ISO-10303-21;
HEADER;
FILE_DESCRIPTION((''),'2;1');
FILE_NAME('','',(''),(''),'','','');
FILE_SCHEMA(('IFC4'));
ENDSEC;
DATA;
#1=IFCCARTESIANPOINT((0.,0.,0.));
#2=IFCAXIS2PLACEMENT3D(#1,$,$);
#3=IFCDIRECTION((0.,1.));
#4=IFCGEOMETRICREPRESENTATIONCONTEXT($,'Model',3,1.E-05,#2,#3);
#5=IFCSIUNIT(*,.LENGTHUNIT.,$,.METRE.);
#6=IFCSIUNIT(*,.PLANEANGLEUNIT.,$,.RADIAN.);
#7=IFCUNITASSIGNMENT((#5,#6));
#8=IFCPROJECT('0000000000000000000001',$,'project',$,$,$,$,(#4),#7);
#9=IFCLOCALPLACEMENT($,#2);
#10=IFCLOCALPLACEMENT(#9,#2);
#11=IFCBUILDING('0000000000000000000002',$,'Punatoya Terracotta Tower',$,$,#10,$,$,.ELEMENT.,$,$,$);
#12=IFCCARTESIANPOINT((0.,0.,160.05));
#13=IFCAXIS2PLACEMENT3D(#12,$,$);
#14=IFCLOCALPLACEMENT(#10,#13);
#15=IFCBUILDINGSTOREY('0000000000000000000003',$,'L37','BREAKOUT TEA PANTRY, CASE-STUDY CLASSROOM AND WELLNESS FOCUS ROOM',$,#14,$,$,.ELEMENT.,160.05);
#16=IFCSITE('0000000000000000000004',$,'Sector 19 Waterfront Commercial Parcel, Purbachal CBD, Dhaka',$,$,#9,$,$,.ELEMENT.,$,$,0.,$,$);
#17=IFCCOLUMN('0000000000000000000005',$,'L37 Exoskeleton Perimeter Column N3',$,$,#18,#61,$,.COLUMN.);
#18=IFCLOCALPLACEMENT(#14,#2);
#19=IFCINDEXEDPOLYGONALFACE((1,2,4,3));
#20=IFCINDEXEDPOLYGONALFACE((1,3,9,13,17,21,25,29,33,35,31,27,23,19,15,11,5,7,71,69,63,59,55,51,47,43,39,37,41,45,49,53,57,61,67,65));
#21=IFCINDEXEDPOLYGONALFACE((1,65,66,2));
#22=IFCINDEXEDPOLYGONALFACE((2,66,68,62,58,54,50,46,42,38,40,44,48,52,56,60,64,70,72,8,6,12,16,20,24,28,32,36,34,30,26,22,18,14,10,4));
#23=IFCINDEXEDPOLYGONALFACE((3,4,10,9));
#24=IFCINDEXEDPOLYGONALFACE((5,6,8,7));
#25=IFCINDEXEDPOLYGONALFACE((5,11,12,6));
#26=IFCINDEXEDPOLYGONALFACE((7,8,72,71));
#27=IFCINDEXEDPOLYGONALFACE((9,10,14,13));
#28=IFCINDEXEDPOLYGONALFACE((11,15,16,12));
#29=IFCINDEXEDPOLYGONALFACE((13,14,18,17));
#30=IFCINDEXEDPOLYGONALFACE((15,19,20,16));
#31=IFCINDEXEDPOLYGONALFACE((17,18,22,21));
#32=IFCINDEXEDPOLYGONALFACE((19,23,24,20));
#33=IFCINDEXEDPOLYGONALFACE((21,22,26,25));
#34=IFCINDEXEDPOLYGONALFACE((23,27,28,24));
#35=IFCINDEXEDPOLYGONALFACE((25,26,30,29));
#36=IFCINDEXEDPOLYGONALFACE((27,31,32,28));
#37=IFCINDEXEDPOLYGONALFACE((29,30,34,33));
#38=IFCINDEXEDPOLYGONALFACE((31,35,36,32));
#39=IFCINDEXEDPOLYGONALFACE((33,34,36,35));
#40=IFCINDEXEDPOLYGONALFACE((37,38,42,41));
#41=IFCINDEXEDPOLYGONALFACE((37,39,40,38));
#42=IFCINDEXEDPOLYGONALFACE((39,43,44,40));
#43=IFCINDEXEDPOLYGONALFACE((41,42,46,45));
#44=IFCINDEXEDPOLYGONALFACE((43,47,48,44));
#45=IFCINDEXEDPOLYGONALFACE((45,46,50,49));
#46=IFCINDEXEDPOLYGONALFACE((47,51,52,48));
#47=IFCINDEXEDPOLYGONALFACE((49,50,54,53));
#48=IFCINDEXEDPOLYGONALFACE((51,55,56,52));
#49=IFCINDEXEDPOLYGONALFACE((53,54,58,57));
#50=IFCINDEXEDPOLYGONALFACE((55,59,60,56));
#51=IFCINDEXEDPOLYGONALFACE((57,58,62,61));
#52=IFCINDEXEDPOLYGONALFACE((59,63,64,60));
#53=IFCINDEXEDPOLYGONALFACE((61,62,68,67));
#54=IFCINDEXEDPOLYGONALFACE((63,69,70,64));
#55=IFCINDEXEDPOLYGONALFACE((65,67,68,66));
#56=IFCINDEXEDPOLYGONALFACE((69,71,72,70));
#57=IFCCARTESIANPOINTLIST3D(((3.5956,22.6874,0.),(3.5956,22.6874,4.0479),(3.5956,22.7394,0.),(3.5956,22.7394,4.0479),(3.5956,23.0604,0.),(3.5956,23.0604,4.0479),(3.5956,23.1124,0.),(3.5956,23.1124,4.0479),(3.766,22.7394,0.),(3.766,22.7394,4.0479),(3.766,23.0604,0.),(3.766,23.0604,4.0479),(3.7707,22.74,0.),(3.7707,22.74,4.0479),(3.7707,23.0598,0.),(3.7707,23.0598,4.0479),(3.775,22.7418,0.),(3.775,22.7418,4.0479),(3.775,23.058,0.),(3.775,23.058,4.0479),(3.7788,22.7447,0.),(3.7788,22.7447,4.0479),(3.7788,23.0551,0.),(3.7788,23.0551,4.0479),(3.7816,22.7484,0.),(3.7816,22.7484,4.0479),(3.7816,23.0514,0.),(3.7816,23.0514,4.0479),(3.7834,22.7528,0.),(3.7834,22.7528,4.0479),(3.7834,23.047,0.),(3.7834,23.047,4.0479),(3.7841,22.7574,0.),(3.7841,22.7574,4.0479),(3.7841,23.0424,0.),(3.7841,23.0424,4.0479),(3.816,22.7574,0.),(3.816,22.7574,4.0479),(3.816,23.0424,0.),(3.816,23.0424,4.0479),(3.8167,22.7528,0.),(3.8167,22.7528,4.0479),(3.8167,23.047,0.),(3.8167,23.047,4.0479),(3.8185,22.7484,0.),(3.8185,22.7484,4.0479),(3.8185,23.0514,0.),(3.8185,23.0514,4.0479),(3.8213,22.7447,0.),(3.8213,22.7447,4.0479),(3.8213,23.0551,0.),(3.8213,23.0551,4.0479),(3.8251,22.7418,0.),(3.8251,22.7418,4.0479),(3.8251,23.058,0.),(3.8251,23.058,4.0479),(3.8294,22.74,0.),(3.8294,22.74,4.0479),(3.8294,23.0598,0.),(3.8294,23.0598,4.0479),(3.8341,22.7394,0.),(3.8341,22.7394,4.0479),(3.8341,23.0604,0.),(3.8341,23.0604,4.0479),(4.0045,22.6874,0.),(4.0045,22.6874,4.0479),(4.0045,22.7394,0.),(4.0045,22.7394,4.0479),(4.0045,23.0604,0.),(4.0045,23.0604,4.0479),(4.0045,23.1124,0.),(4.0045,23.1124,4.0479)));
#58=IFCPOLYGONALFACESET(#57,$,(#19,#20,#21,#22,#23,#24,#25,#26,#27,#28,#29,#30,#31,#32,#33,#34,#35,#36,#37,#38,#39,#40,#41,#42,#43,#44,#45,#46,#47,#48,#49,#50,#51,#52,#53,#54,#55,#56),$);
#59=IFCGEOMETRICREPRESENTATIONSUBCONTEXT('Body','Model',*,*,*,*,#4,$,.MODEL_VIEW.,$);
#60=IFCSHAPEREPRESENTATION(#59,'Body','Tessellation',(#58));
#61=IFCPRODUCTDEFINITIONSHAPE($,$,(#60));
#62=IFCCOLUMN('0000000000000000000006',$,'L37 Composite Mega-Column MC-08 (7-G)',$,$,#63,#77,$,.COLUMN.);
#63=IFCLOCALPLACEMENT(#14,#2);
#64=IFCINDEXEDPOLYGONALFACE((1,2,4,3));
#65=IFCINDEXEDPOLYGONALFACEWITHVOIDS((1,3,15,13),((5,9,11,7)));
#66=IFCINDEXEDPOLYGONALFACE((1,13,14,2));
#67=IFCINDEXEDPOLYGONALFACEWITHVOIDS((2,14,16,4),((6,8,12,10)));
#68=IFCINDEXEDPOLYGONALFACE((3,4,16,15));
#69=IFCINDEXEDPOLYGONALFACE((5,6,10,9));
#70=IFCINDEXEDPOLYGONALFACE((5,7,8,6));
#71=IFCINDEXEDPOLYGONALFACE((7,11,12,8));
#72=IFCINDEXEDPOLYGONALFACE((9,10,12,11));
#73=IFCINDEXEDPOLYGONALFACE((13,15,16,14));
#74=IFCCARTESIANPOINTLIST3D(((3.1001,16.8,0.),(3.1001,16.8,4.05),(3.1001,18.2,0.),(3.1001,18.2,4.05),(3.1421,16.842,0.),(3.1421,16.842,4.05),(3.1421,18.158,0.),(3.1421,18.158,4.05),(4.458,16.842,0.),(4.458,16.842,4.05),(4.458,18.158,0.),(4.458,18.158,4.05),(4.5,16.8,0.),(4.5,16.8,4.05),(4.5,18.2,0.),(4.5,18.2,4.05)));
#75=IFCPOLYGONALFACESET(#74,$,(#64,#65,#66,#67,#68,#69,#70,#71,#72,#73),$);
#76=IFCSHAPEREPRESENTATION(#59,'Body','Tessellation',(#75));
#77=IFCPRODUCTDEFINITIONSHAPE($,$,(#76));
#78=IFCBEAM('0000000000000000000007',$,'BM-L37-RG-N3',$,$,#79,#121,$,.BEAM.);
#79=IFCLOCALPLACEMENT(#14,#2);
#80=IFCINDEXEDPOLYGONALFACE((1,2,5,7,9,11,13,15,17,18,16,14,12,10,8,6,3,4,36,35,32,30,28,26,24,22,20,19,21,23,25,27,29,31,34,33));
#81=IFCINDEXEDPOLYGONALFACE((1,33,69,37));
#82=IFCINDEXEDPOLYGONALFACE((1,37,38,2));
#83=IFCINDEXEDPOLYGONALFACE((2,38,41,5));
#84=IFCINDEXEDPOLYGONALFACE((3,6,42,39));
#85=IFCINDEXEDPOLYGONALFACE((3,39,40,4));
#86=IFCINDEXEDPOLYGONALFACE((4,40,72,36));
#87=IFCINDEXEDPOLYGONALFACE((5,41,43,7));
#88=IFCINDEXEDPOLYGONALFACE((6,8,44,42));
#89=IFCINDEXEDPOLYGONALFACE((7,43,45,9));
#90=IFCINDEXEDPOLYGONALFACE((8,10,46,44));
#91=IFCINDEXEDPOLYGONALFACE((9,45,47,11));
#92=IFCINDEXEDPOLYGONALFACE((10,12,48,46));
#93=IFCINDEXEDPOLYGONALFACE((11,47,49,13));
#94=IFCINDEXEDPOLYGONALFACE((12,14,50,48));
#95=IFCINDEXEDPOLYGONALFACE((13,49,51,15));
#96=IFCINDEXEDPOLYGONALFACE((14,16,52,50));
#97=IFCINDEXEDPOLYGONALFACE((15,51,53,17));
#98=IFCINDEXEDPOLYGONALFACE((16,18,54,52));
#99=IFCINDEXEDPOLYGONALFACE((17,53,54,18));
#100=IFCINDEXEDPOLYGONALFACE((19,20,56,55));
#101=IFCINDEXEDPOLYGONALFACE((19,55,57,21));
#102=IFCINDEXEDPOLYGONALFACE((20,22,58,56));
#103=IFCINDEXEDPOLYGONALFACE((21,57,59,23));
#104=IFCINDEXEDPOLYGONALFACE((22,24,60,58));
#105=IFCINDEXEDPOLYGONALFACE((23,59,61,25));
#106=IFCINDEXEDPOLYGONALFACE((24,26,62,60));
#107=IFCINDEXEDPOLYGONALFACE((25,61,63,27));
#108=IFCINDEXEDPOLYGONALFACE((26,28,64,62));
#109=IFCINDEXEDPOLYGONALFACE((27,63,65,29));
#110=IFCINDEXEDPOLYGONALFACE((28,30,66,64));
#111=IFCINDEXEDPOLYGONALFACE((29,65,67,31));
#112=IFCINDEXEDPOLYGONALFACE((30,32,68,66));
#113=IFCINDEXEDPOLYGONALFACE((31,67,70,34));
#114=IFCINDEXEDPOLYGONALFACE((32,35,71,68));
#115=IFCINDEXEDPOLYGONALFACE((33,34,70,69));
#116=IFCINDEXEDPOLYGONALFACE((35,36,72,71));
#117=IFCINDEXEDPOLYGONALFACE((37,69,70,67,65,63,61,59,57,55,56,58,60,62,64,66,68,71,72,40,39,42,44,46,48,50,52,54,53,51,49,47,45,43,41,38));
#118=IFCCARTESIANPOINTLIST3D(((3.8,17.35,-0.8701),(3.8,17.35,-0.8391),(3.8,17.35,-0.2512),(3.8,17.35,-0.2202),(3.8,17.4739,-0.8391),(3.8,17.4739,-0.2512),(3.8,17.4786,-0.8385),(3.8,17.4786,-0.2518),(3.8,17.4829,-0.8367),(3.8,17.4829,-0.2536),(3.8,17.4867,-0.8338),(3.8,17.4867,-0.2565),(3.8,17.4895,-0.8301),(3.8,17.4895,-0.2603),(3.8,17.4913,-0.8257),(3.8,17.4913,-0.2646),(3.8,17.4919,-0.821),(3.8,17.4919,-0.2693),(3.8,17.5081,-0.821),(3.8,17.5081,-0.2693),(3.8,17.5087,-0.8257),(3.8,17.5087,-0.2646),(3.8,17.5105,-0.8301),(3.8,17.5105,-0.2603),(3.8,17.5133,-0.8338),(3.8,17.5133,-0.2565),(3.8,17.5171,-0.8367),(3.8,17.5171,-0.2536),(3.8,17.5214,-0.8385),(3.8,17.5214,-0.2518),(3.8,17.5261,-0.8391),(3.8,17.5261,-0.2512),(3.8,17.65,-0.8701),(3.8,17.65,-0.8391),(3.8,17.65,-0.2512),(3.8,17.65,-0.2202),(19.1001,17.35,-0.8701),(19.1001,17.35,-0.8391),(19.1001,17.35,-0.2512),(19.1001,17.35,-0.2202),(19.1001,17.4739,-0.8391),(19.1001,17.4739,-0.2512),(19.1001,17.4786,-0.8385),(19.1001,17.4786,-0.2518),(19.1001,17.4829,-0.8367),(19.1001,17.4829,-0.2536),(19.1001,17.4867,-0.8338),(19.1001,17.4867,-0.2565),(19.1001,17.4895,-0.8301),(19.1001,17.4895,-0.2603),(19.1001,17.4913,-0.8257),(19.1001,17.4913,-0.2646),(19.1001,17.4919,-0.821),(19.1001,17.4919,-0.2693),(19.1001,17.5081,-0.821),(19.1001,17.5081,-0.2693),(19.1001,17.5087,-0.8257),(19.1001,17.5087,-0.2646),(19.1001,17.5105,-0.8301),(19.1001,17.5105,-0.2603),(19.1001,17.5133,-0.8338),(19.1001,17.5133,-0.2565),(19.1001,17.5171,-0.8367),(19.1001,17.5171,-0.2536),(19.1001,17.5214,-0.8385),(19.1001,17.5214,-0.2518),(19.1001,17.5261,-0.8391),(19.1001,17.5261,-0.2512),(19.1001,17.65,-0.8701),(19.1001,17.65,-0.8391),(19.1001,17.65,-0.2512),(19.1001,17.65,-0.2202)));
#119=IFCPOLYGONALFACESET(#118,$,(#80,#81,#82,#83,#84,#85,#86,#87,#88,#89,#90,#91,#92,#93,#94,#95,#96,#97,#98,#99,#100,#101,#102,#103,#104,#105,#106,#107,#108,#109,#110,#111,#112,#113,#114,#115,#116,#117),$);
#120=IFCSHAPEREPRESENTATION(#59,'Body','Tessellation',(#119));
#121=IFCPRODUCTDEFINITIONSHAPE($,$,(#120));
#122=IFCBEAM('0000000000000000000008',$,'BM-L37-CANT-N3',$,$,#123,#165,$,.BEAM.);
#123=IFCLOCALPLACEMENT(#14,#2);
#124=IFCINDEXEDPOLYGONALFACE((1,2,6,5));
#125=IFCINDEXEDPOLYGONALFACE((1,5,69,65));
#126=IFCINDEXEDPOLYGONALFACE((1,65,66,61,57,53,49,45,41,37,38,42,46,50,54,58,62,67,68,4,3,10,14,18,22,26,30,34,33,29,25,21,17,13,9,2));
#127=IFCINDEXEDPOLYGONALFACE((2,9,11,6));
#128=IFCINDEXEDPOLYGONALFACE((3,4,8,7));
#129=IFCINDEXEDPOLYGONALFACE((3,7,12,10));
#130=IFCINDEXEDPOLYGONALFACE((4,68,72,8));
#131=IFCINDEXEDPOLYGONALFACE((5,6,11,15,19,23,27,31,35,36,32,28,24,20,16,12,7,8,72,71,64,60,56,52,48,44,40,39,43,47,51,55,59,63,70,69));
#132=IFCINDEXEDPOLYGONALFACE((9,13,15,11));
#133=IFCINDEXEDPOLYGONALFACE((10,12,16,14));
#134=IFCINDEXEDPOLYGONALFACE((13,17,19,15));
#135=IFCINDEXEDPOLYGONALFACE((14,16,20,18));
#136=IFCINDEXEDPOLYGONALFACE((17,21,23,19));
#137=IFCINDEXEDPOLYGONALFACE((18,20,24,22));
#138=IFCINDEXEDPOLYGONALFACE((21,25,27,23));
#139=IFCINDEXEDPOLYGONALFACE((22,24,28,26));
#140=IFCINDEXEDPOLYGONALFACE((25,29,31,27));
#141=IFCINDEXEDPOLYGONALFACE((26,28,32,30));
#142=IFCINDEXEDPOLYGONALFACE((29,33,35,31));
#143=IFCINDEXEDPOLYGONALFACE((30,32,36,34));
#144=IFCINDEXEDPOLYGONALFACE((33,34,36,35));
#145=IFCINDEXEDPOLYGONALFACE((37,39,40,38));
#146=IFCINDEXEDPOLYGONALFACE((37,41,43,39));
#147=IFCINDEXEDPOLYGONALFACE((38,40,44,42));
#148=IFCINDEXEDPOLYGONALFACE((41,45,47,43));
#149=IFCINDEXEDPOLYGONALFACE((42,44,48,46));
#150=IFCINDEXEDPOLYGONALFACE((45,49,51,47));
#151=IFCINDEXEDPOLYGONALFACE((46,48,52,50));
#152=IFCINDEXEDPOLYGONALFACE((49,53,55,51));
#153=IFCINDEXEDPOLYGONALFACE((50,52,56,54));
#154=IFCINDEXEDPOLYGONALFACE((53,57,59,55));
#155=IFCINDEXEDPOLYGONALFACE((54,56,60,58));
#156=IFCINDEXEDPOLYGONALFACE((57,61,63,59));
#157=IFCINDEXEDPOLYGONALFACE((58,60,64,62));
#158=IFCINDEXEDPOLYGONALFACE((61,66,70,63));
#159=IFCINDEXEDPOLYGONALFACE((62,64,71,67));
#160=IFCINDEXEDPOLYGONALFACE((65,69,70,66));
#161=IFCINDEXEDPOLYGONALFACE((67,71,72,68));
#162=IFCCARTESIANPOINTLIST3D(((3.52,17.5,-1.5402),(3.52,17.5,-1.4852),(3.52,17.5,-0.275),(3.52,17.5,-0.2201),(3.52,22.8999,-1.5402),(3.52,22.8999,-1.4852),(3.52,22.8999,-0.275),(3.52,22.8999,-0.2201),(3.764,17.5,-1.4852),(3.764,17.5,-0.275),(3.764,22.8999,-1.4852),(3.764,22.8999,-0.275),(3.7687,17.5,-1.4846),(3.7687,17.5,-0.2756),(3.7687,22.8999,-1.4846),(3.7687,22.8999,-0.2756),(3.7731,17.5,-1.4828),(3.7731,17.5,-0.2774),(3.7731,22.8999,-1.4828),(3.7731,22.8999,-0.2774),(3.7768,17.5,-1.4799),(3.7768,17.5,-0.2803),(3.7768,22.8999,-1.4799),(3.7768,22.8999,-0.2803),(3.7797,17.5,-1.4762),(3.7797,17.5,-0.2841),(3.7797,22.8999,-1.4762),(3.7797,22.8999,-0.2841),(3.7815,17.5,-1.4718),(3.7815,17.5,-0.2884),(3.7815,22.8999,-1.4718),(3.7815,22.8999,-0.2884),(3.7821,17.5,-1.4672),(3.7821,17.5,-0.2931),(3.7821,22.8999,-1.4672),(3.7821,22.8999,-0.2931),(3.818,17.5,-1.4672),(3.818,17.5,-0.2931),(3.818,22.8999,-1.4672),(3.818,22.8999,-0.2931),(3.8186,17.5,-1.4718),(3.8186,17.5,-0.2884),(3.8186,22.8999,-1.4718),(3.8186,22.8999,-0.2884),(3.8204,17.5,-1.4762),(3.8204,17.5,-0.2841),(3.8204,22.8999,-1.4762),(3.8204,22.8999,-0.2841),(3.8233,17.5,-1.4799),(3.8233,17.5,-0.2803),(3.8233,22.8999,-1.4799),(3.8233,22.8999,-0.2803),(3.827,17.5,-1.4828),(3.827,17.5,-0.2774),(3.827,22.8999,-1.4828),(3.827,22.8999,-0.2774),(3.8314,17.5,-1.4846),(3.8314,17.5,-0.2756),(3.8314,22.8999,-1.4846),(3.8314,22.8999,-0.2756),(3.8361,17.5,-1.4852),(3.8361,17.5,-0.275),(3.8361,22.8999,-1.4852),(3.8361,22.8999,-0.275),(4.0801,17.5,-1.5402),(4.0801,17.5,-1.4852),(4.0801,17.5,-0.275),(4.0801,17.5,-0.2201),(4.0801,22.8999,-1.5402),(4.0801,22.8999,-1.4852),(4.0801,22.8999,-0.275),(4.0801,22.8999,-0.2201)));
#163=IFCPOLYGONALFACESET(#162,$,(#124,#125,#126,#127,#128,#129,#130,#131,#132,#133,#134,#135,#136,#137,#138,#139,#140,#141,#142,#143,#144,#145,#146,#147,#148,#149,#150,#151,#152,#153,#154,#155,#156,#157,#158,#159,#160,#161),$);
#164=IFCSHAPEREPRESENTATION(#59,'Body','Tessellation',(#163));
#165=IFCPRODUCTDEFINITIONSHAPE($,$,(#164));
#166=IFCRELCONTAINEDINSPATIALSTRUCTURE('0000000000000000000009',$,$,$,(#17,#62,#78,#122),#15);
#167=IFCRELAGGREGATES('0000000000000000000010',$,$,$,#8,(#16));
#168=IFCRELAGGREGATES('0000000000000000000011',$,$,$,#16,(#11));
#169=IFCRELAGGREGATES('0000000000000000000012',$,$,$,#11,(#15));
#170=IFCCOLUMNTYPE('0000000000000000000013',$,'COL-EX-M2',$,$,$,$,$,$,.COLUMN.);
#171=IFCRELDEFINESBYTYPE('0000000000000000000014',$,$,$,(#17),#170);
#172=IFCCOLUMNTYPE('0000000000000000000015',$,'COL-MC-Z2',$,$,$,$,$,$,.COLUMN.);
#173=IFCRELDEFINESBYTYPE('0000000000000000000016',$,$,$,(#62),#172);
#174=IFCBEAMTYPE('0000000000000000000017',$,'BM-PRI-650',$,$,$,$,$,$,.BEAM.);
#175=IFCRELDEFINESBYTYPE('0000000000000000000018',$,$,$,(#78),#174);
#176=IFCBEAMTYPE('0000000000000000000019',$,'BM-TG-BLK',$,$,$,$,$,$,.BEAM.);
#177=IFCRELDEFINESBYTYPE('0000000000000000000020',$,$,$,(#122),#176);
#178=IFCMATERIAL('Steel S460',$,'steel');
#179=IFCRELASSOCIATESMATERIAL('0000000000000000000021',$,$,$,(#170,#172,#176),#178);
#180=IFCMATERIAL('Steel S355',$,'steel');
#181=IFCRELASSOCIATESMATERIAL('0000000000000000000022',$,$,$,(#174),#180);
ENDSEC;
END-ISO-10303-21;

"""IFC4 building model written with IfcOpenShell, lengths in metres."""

from ifc_helpers import new_model, si_unit, direction, frame, origin, origin_2d, place, context, subcontext, project, spatial, hollow_rectangle, i_section, extrude, material, material_profile, profile_set, type_object, element, save


model = new_model("IFC4")

# Units and contexts
model_context = context("Model", 3, precision=1e-05, world=origin(), true_north=direction((0.0, 1.0)))
body_context = subcontext(model_context, "Body", "Model", "MODEL_VIEW")
ifc_project = project(units=[si_unit("LENGTHUNIT", "METRE"), si_unit("PLANEANGLEUNIT", "RADIAN")], contexts=[model_context])

# Site, building, storey
site_placement = place(None, origin())
site = spatial("IfcSite", under=ifc_project, at=site_placement, Name="Sector 19 Waterfront Commercial Parcel, Purbachal CBD, Dhaka", CompositionType="ELEMENT", RefElevation=0.0)
building_placement = place(site_placement, origin())
building = spatial("IfcBuilding", under=site, at=building_placement, Name="Punatoya Terracotta Tower", CompositionType="ELEMENT")
storey_placement = place(building_placement, frame((0.0, 0.0, 160.05)))
storey = spatial("IfcBuildingStorey", under=building, at=storey_placement, Name="L37", Description="BREAKOUT TEA PANTRY, CASE-STUDY CLASSROOM AND WELLNESS FOCUS ROOM", CompositionType="ELEMENT", Elevation=160.05)

# Columns
ifc_material_1 = material(Name="Steel S460", Category="steel")
ifc_material_profile_1 = material_profile(ifc_material_1, i_section(OverallWidth=0.4089, OverallDepth=0.425, WebThickness=0.032, FlangeThickness=0.052, FilletRadius=0.0181, at=origin_2d()))
ifc_profile_set_1 = profile_set([ifc_material_profile_1], Name="Steel S460")
column_type_1 = type_object("IfcColumnType", Name="COL-EX-M2", PredefinedType="COLUMN", material=ifc_profile_set_1)
column_1_placement = place(storey_placement, frame((3.8, 22.8999, 0.0), z_axis=(0.0, 0.0, 1.0), x_axis=(1.0, 0.0, 0.0)))
element("IfcColumn", 1, at=column_1_placement, inside=storey, type_object=column_type_1, Name="L37 Exoskeleton Perimeter Column N3", PredefinedType="COLUMN", context=body_context, shape_type="SweptSolid", body=[
    extrude(i_section(OverallWidth=0.4089, OverallDepth=0.425, WebThickness=0.032, FlangeThickness=0.052, FilletRadius=0.0181, at=origin_2d()), origin(), (0.0, 0.0, 1.0), 4.0479),
])
ifc_material_profile_2 = material_profile(ifc_material_1, hollow_rectangle(XDim=1.3999, YDim=1.3999, WallThickness=0.042, at=origin_2d()))
ifc_profile_set_2 = profile_set([ifc_material_profile_2], Name="Steel S460")
column_type_2 = type_object("IfcColumnType", Name="COL-MC-Z2", PredefinedType="COLUMN", material=ifc_profile_set_2)
column_2_placement = place(storey_placement, frame((3.8, 17.5, 0.0), z_axis=(0.0, 0.0, 1.0), x_axis=(1.0, 0.0, 0.0)))
element("IfcColumn", 2, at=column_2_placement, inside=storey, type_object=column_type_2, Name="L37 Composite Mega-Column MC-08 (7-G)", PredefinedType="COLUMN", context=body_context, shape_type="SweptSolid", body=[
    extrude(hollow_rectangle(XDim=1.3999, YDim=1.3999, WallThickness=0.042, at=origin_2d()), origin(), (0.0, 0.0, 1.0), 4.05),
])

# Beams
ifc_material_2 = material(Name="Steel S355", Category="steel")
ifc_material_profile_3 = material_profile(ifc_material_2, i_section(OverallWidth=0.3, OverallDepth=0.6499, WebThickness=0.0161, FlangeThickness=0.031, FilletRadius=0.0181, at=origin_2d()))
ifc_profile_set_3 = profile_set([ifc_material_profile_3], Name="Steel S355")
beam_type_1 = type_object("IfcBeamType", Name="BM-PRI-650", PredefinedType="BEAM", material=ifc_profile_set_3)
beam_1_placement = place(storey_placement, frame((3.8, 17.5, -0.5452), z_axis=(1.0, 0.0, 0.0), x_axis=(0.0, 1.0, 0.0)))
element("IfcBeam", 3, at=beam_1_placement, inside=storey, type_object=beam_type_1, Name="BM-L37-RG-N3", PredefinedType="BEAM", context=body_context, shape_type="SweptSolid", body=[
    extrude(i_section(OverallWidth=0.3, OverallDepth=0.6499, WebThickness=0.0161, FlangeThickness=0.031, FilletRadius=0.0181, at=origin_2d()), origin(), (0.0, 0.0, 1.0), 15.3),
])
ifc_material_profile_4 = material_profile(ifc_material_1, i_section(OverallWidth=0.5601, OverallDepth=1.3201, WebThickness=0.0359, FlangeThickness=0.0549, FilletRadius=0.0181, at=origin_2d()))
ifc_profile_set_4 = profile_set([ifc_material_profile_4], Name="Steel S460")
beam_type_2 = type_object("IfcBeamType", Name="BM-TG-BLK", PredefinedType="BEAM", material=ifc_profile_set_4)
beam_2_placement = place(storey_placement, frame((3.8, 17.5, -0.8801), z_axis=(0.0, 1.0, 0.0), x_axis=(-1.0, 0.0, 0.0)))
element("IfcBeam", 4, at=beam_2_placement, inside=storey, type_object=beam_type_2, Name="BM-L37-CANT-N3", PredefinedType="BEAM", context=body_context, shape_type="SweptSolid", body=[
    extrude(i_section(OverallWidth=0.5601, OverallDepth=1.3201, WebThickness=0.0359, FlangeThickness=0.0549, FilletRadius=0.0181, at=origin_2d()), origin(), (0.0, 0.0, 1.0), 5.3999),
])

save(model, "model.ifc")
